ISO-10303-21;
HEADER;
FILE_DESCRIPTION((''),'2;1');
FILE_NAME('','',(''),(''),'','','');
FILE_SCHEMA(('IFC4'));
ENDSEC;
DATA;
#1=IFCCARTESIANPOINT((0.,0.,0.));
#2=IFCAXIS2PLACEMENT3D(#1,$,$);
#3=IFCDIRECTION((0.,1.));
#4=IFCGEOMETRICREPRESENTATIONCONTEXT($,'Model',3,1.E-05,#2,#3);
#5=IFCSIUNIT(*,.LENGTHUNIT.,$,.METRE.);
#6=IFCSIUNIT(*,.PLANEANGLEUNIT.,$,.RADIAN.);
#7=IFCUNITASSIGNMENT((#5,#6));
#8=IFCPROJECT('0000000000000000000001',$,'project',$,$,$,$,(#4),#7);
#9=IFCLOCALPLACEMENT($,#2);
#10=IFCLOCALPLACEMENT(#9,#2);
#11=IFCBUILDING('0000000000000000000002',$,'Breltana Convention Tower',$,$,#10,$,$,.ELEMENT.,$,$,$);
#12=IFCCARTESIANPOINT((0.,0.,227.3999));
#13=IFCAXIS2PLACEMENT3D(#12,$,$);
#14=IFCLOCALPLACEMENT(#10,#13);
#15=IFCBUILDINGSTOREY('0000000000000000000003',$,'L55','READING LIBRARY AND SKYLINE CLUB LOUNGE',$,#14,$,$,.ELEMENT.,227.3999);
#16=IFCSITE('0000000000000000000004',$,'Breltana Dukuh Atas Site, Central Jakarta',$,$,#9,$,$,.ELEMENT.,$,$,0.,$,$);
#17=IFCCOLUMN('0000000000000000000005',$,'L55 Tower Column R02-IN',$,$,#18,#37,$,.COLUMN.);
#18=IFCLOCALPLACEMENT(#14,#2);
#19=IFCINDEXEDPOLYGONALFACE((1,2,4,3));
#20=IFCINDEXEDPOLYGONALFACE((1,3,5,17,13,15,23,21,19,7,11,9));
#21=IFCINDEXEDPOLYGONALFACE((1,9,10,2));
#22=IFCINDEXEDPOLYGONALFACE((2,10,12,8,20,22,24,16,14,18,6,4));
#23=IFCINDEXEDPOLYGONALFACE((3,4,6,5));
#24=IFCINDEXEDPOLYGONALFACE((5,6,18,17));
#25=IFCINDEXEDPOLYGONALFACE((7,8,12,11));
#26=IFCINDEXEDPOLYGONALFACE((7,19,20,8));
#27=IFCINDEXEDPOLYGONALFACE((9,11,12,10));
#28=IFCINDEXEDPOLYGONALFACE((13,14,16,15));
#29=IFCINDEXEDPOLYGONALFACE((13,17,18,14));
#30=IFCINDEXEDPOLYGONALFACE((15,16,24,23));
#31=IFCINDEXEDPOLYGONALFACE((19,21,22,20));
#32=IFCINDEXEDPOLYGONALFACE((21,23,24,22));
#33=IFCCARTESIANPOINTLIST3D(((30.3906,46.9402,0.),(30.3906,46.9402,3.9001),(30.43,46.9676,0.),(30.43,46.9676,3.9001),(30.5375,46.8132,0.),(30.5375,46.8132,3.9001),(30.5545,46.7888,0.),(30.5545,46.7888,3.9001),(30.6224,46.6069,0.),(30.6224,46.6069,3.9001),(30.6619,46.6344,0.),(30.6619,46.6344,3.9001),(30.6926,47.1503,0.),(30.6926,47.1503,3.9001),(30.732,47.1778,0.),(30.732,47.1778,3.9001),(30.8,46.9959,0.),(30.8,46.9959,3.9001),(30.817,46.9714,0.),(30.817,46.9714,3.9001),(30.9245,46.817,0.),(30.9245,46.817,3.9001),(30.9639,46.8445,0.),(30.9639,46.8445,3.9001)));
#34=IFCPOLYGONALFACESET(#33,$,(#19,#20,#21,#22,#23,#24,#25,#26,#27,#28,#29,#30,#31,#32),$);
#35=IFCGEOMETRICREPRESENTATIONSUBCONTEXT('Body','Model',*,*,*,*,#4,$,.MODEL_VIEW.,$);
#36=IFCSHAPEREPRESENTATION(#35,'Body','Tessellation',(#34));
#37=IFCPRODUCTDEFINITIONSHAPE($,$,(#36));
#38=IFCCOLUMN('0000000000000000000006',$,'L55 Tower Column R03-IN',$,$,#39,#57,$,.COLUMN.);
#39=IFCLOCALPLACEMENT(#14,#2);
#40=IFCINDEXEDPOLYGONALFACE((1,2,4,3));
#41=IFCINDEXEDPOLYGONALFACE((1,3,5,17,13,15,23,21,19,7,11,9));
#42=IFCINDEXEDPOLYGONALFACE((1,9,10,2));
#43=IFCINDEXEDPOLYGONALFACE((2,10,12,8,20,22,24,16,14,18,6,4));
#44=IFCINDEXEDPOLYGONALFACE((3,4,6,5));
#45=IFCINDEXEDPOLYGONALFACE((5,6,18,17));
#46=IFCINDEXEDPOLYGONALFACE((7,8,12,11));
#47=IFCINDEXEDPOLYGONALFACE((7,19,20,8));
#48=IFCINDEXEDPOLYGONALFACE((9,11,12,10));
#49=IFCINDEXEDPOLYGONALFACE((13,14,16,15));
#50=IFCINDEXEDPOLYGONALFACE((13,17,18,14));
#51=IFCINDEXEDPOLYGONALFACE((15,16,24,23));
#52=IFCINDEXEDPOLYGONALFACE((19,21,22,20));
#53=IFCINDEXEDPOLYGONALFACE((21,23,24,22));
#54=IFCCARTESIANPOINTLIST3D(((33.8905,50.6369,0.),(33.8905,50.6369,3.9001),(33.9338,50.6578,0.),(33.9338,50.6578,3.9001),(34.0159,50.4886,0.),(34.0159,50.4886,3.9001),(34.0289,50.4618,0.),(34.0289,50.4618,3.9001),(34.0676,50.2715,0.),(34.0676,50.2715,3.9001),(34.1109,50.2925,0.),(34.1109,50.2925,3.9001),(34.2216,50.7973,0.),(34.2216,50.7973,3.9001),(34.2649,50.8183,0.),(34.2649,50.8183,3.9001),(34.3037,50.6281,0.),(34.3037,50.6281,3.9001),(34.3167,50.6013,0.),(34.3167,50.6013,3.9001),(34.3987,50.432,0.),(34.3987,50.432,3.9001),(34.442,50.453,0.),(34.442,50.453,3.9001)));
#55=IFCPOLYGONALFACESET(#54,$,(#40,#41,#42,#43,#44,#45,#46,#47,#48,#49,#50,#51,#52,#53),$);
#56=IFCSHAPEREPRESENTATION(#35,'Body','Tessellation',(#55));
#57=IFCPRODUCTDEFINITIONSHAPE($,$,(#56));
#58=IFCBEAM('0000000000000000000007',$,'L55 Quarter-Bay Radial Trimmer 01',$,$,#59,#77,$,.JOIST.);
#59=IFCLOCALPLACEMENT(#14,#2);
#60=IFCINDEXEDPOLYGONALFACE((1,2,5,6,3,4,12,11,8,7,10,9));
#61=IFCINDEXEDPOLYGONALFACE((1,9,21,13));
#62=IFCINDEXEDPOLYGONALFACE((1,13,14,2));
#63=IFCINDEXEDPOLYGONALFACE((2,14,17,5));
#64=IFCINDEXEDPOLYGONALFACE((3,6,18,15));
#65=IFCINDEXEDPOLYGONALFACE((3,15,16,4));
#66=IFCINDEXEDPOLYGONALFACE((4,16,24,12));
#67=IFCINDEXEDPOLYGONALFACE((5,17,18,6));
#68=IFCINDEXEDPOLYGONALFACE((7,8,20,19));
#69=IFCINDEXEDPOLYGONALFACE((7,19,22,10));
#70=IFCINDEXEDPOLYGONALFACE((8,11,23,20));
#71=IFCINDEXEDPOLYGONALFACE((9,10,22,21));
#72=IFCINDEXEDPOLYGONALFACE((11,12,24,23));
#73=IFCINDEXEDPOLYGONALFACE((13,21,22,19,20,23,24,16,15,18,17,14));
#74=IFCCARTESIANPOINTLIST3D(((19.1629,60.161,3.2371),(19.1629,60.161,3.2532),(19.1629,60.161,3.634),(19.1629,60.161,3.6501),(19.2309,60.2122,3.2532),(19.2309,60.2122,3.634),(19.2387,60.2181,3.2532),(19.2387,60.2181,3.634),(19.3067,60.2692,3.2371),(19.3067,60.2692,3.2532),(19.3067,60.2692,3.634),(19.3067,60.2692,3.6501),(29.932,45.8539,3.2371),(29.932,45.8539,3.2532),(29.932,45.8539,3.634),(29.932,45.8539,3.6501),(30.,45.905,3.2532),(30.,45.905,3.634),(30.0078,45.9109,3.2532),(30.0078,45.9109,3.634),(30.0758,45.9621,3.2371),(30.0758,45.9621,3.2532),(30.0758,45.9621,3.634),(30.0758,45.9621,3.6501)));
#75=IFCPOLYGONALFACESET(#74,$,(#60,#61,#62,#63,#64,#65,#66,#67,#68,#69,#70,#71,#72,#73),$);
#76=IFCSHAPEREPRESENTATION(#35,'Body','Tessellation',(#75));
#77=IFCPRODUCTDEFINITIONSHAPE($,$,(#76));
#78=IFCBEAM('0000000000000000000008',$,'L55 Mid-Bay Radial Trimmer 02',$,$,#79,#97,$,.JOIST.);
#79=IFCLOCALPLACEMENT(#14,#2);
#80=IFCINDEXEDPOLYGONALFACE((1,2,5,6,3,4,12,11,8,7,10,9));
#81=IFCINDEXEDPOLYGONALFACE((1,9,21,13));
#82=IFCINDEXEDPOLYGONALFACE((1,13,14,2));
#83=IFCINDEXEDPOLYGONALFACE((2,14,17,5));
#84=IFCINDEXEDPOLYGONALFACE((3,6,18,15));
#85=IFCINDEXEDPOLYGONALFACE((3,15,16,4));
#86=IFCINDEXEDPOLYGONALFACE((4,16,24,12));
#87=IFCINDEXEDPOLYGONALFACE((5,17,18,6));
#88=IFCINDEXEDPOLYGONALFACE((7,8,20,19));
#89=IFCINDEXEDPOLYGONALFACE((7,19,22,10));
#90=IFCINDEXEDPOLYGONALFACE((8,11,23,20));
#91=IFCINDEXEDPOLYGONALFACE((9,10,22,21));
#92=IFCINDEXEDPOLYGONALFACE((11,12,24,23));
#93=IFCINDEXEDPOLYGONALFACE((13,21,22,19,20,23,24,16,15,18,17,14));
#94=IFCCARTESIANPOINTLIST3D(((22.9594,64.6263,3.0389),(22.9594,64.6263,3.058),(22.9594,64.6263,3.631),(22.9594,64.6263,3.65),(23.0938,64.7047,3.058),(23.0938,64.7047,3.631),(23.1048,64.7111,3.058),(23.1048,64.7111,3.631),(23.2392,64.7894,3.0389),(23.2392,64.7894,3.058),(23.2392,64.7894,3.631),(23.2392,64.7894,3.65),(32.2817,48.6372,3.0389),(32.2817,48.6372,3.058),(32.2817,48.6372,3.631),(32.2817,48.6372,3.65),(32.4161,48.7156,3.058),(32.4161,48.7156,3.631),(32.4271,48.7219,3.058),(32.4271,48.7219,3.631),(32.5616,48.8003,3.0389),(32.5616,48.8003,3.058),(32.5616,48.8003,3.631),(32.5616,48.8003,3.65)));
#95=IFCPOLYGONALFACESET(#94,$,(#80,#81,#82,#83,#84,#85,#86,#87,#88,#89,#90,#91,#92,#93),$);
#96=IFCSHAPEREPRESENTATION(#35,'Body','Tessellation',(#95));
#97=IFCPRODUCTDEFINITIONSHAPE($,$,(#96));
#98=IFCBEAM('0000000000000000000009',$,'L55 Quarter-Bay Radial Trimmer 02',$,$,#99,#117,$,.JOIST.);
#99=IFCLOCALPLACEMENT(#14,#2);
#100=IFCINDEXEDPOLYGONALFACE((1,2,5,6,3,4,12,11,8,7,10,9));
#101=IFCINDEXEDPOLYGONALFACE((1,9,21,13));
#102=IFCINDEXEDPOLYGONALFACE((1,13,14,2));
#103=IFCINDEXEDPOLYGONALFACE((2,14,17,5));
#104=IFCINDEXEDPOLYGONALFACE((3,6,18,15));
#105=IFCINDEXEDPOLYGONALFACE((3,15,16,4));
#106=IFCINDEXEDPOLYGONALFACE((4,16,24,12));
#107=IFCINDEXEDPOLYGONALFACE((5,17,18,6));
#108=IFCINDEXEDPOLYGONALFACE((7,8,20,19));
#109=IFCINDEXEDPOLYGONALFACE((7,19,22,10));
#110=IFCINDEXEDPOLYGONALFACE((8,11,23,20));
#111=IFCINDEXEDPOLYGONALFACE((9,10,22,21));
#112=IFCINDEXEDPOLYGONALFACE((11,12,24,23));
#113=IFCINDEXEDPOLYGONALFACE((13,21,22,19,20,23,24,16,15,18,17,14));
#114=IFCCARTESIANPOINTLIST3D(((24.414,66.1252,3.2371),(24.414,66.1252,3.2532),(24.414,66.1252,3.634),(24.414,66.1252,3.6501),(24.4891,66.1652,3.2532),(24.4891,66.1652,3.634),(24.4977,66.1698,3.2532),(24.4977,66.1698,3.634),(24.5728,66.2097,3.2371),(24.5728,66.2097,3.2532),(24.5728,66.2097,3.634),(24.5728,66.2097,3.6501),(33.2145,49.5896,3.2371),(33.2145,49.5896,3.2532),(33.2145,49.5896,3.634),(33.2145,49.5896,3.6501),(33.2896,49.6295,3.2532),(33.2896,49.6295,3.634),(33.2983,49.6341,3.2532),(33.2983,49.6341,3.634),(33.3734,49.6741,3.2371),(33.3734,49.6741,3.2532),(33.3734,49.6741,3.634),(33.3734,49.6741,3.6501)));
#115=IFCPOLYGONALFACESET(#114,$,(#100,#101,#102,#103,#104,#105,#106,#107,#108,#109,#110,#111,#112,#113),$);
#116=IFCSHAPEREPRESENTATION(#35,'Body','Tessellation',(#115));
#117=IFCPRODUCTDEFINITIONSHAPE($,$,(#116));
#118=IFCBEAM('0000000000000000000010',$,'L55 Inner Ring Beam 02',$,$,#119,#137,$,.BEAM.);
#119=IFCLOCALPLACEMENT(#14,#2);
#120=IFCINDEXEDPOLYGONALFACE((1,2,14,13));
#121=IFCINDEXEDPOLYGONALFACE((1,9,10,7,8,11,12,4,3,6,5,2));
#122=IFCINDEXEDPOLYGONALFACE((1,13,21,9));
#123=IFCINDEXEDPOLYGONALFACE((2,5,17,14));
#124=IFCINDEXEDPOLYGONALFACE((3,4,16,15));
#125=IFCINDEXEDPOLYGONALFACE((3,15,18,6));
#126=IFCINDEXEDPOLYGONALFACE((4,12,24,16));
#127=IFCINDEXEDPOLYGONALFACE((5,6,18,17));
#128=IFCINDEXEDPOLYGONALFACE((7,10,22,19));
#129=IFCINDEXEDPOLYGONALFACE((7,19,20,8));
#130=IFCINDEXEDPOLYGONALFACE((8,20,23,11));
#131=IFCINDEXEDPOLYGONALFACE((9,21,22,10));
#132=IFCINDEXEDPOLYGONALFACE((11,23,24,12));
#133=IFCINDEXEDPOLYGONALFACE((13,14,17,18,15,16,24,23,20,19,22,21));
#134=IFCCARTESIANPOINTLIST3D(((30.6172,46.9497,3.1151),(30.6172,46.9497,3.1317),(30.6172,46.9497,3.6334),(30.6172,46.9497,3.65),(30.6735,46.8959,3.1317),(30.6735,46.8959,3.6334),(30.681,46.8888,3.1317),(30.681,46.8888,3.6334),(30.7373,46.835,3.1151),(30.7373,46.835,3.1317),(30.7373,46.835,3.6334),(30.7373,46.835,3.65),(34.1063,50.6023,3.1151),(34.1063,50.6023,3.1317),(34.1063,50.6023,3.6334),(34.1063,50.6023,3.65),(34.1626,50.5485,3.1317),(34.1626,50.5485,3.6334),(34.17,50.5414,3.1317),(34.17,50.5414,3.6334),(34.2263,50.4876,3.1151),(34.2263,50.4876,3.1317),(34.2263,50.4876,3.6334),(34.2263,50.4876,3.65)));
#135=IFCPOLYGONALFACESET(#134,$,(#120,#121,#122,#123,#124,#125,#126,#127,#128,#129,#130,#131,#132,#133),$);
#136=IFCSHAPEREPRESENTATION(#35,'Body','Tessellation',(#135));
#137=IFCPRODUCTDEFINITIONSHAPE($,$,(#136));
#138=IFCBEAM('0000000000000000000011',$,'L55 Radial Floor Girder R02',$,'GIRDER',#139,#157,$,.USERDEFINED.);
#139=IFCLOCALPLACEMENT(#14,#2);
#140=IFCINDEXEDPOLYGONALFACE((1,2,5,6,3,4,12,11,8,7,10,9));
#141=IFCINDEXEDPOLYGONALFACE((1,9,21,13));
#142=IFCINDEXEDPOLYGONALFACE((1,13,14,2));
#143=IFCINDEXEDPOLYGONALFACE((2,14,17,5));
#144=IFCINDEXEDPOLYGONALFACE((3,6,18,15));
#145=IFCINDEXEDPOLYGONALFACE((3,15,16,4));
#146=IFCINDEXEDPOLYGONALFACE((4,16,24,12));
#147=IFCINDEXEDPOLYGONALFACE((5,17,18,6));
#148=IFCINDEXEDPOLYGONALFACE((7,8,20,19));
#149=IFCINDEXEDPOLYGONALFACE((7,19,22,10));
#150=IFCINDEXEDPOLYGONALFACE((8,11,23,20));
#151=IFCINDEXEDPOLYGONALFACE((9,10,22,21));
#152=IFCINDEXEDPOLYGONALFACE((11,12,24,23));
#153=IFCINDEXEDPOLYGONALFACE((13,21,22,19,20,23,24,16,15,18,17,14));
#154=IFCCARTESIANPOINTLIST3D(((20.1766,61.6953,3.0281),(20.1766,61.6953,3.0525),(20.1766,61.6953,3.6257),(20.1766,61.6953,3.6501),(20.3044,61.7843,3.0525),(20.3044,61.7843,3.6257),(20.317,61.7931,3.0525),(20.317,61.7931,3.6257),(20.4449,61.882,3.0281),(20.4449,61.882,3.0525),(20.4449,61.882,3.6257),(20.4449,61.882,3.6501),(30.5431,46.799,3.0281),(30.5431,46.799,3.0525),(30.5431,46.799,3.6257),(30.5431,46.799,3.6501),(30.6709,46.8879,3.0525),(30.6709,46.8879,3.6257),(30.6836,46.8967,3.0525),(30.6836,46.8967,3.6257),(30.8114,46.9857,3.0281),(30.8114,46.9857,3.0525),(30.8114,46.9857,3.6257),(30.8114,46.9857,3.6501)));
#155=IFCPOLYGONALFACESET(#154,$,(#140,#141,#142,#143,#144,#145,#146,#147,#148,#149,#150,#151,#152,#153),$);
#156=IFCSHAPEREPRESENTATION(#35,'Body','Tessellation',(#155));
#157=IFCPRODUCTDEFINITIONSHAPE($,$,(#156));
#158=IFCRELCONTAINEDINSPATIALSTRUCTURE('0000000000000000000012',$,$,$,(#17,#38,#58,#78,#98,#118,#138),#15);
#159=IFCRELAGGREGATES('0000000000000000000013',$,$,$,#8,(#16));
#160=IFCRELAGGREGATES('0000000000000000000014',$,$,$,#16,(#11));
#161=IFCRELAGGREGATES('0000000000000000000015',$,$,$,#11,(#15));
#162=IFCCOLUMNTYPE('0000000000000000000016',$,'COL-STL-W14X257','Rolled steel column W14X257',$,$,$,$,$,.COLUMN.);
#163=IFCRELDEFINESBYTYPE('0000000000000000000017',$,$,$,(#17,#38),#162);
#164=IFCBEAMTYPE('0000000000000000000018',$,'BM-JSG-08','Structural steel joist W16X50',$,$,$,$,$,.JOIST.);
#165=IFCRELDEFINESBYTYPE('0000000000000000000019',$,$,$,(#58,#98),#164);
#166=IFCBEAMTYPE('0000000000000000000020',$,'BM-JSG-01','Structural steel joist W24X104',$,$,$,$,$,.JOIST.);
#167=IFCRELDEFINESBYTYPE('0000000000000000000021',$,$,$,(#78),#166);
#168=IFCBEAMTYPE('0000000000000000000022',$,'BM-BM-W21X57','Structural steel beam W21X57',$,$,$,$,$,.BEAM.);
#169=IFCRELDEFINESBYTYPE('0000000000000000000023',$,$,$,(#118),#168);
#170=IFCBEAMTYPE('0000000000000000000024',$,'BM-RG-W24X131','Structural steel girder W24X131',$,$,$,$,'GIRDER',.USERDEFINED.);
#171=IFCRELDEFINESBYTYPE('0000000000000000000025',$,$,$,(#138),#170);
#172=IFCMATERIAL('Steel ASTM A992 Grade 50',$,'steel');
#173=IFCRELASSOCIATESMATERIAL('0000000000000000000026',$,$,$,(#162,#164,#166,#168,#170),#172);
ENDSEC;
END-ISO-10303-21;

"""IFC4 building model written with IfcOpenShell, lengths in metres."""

from ifc_helpers import new_model, si_unit, direction, frame, origin, origin_2d, place, context, subcontext, project, spatial, i_section, extrude, source, transform, mapped, material, material_profile, profile_set, type_object, element, save


model = new_model("IFC4")

# Units and contexts
model_context = context("Model", 3, precision=1e-05, world=origin(), true_north=direction((0.0, 1.0)))
body_context = subcontext(model_context, "Body", "Model", "MODEL_VIEW")
ifc_project = project(units=[si_unit("LENGTHUNIT", "METRE"), si_unit("PLANEANGLEUNIT", "RADIAN")], contexts=[model_context])

# Site, building, storey
site_placement = place(None, origin())
site = spatial("IfcSite", under=ifc_project, at=site_placement, Name="Breltana Dukuh Atas Site, Central Jakarta", CompositionType="ELEMENT", RefElevation=0.0)
building_placement = place(site_placement, origin())
building = spatial("IfcBuilding", under=site, at=building_placement, Name="Breltana Convention Tower", CompositionType="ELEMENT")
storey_placement = place(building_placement, frame((0.0, 0.0, 227.3999)))
storey = spatial("IfcBuildingStorey", under=building, at=storey_placement, Name="L55", Description="READING LIBRARY AND SKYLINE CLUB LOUNGE", CompositionType="ELEMENT", Elevation=227.3999)

# Columns
ifc_material_1 = material(Name="Steel ASTM A992 Grade 50", Category="steel")
ifc_material_profile_1 = material_profile(ifc_material_1, i_section(OverallWidth=0.406, OverallDepth=0.416, WebThickness=0.0298, FlangeThickness=0.0481, at=origin_2d()), Name="W14X257")
ifc_profile_set_1 = profile_set([ifc_material_profile_1], Name="Steel ASTM A992 Grade 50")
column_type = type_object("IfcColumnType", Name="COL-STL-W14X257", Description="Rolled steel column W14X257", PredefinedType="COLUMN", material=ifc_profile_set_1)
shared_shape_1 = source(origin(), body_context, "Body", "SweptSolid", [
    extrude(i_section(OverallWidth=0.406, OverallDepth=0.416, WebThickness=0.0298, FlangeThickness=0.0481, at=origin_2d()), origin(), (0.0, 0.0, 1.0), 3.9001),
])
for number, where, z_axis, x_axis, name in (
    (1, (30.6772, 46.8923, 0.0), (0.0, 0.0, 1.0), (-0.571143, 0.82085, 0.0), "L55 Tower Column R02-IN"),
    (2, (34.1663, 50.5449, 0.0), (0.0, 0.0, 1.0), (-0.436174, 0.899863, 0.0), "L55 Tower Column R03-IN"),
):
    element("IfcColumn", number, at=place(storey_placement, frame(where, z_axis=z_axis, x_axis=x_axis)), inside=storey, type_object=column_type, Name=name, PredefinedType="COLUMN", context=body_context, shape_type="MappedRepresentation", body=[
        mapped(shared_shape_1, transform((0.0, 0.0, 0.0), scale=1.0)),
    ])

# Beams
ifc_material_profile_2 = material_profile(ifc_material_1, i_section(OverallWidth=0.1799, OverallDepth=0.4131, WebThickness=0.0098, FlangeThickness=0.0161, at=origin_2d()), Name="W16X50")
ifc_profile_set_2 = profile_set([ifc_material_profile_2], Name="Steel ASTM A992 Grade 50")
beam_type_1 = type_object("IfcBeamType", Name="BM-JSG-08", Description="Structural steel joist W16X50", PredefinedType="JOIST", material=ifc_profile_set_2)
shared_shape_2 = source(origin(), body_context, "Body", "SweptSolid", [
    extrude(i_section(OverallWidth=0.1799, OverallDepth=0.4131, WebThickness=0.0098, FlangeThickness=0.0161, at=origin_2d()), origin(), (0.0, 0.0, 1.0), 17.9072),
])
beam_1_placement = place(storey_placement, frame((30.0039, 45.908, 3.4436), z_axis=(-0.601382, 0.798962, 0.0), x_axis=(-0.798962, -0.601382, 0.0)))
element("IfcBeam", 3, at=beam_1_placement, inside=storey, type_object=beam_type_1, Name="L55 Quarter-Bay Radial Trimmer 01", PredefinedType="JOIST", context=body_context, shape_type="MappedRepresentation", body=[
    mapped(shared_shape_2, transform((0.0, 0.0, 0.0), scale=1.0)),
])
ifc_material_profile_3 = material_profile(ifc_material_1, i_section(OverallWidth=0.324, OverallDepth=0.6111, WebThickness=0.0127, FlangeThickness=0.019, at=origin_2d()), Name="W24X104")
ifc_profile_set_3 = profile_set([ifc_material_profile_3], Name="Steel ASTM A992 Grade 50")
beam_type_2 = type_object("IfcBeamType", Name="BM-JSG-01", Description="Structural steel joist W24X104", PredefinedType="JOIST", material=ifc_profile_set_3)
shared_shape_3 = source(origin(), body_context, "Body", "SweptSolid", [
    extrude(i_section(OverallWidth=0.324, OverallDepth=0.6111, WebThickness=0.0127, FlangeThickness=0.019, at=origin_2d()), origin(), (0.0, 0.0, 1.0), 18.5083),
])
beam_2_placement = place(storey_placement, frame((32.4216, 48.7188, 3.3445), z_axis=(-0.503683, 0.863888, 0.0), x_axis=(-0.863888, -0.503683, 0.0)))
element("IfcBeam", 4, at=beam_2_placement, inside=storey, type_object=beam_type_2, Name="L55 Mid-Bay Radial Trimmer 02", PredefinedType="JOIST", context=body_context, shape_type="MappedRepresentation", body=[
    mapped(shared_shape_3, transform((0.0, 0.0, 0.0), scale=1.0)),
])
shared_shape_4 = source(origin(), body_context, "Body", "SweptSolid", [
    extrude(i_section(OverallWidth=0.1799, OverallDepth=0.4131, WebThickness=0.0098, FlangeThickness=0.0161, at=origin_2d()), origin(), (0.0, 0.0, 1.0), 18.7317),
])
beam_3_placement = place(storey_placement, frame((33.2939, 49.6318, 3.4436), z_axis=(-0.46982, 0.882762, 0.0), x_axis=(-0.882762, -0.46982, 0.0)))
element("IfcBeam", 5, at=beam_3_placement, inside=storey, type_object=beam_type_1, Name="L55 Quarter-Bay Radial Trimmer 02", PredefinedType="JOIST", context=body_context, shape_type="MappedRepresentation", body=[
    mapped(shared_shape_4, transform((0.0, 0.0, 0.0), scale=1.0)),
])
ifc_material_profile_4 = material_profile(ifc_material_1, i_section(OverallWidth=0.166, OverallDepth=0.5349, WebThickness=0.0103, FlangeThickness=0.0166, at=origin_2d()), Name="W21X57")
ifc_profile_set_4 = profile_set([ifc_material_profile_4], Name="Steel ASTM A992 Grade 50")
beam_type_3 = type_object("IfcBeamType", Name="BM-BM-W21X57", Description="Structural steel beam W21X57", PredefinedType="BEAM", material=ifc_profile_set_4)
shared_shape_5 = source(origin(), body_context, "Body", "SweptSolid", [
    extrude(i_section(OverallWidth=0.166, OverallDepth=0.5349, WebThickness=0.0103, FlangeThickness=0.0166, at=origin_2d()), origin(), (0.0, 0.0, 1.0), 5.0513),
])
beam_4_placement = place(storey_placement, frame((30.6772, 46.8923, 3.3826), z_axis=(0.69073, 0.723113, 0.0), x_axis=(-0.723113, 0.69073, 0.0)))
element("IfcBeam", 6, at=beam_4_placement, inside=storey, type_object=beam_type_3, Name="L55 Inner Ring Beam 02", PredefinedType="BEAM", context=body_context, shape_type="MappedRepresentation", body=[
    mapped(shared_shape_5, transform((0.0, 0.0, 0.0), scale=1.0)),
])
ifc_material_profile_5 = material_profile(ifc_material_1, i_section(OverallWidth=0.3269, OverallDepth=0.6221, WebThickness=0.0154, FlangeThickness=0.0244, at=origin_2d()), Name="W24X131")
ifc_profile_set_5 = profile_set([ifc_material_profile_5], Name="Steel ASTM A992 Grade 50")
beam_type_4 = type_object("IfcBeamType", Name="BM-RG-W24X131", Description="Structural steel girder W24X131", ElementType="GIRDER", PredefinedType="USERDEFINED", material=ifc_profile_set_5)
shared_shape_6 = source(origin(), body_context, "Body", "SweptSolid", [
    extrude(i_section(OverallWidth=0.3269, OverallDepth=0.6221, WebThickness=0.0154, FlangeThickness=0.0244, at=origin_2d()), origin(), (0.0, 0.0, 1.0), 18.1484),
])
beam_5_placement = place(storey_placement, frame((30.6772, 46.8923, 3.3391), z_axis=(-0.571208, 0.820806, 0.0), x_axis=(-0.820806, -0.571208, 0.0)))
element("IfcBeam", 7, at=beam_5_placement, inside=storey, type_object=beam_type_4, Name="L55 Radial Floor Girder R02", ObjectType="GIRDER", PredefinedType="USERDEFINED", context=body_context, shape_type="MappedRepresentation", body=[
    mapped(shared_shape_6, transform((0.0, 0.0, 0.0), scale=1.0)),
])

save(model, "model.ifc")
